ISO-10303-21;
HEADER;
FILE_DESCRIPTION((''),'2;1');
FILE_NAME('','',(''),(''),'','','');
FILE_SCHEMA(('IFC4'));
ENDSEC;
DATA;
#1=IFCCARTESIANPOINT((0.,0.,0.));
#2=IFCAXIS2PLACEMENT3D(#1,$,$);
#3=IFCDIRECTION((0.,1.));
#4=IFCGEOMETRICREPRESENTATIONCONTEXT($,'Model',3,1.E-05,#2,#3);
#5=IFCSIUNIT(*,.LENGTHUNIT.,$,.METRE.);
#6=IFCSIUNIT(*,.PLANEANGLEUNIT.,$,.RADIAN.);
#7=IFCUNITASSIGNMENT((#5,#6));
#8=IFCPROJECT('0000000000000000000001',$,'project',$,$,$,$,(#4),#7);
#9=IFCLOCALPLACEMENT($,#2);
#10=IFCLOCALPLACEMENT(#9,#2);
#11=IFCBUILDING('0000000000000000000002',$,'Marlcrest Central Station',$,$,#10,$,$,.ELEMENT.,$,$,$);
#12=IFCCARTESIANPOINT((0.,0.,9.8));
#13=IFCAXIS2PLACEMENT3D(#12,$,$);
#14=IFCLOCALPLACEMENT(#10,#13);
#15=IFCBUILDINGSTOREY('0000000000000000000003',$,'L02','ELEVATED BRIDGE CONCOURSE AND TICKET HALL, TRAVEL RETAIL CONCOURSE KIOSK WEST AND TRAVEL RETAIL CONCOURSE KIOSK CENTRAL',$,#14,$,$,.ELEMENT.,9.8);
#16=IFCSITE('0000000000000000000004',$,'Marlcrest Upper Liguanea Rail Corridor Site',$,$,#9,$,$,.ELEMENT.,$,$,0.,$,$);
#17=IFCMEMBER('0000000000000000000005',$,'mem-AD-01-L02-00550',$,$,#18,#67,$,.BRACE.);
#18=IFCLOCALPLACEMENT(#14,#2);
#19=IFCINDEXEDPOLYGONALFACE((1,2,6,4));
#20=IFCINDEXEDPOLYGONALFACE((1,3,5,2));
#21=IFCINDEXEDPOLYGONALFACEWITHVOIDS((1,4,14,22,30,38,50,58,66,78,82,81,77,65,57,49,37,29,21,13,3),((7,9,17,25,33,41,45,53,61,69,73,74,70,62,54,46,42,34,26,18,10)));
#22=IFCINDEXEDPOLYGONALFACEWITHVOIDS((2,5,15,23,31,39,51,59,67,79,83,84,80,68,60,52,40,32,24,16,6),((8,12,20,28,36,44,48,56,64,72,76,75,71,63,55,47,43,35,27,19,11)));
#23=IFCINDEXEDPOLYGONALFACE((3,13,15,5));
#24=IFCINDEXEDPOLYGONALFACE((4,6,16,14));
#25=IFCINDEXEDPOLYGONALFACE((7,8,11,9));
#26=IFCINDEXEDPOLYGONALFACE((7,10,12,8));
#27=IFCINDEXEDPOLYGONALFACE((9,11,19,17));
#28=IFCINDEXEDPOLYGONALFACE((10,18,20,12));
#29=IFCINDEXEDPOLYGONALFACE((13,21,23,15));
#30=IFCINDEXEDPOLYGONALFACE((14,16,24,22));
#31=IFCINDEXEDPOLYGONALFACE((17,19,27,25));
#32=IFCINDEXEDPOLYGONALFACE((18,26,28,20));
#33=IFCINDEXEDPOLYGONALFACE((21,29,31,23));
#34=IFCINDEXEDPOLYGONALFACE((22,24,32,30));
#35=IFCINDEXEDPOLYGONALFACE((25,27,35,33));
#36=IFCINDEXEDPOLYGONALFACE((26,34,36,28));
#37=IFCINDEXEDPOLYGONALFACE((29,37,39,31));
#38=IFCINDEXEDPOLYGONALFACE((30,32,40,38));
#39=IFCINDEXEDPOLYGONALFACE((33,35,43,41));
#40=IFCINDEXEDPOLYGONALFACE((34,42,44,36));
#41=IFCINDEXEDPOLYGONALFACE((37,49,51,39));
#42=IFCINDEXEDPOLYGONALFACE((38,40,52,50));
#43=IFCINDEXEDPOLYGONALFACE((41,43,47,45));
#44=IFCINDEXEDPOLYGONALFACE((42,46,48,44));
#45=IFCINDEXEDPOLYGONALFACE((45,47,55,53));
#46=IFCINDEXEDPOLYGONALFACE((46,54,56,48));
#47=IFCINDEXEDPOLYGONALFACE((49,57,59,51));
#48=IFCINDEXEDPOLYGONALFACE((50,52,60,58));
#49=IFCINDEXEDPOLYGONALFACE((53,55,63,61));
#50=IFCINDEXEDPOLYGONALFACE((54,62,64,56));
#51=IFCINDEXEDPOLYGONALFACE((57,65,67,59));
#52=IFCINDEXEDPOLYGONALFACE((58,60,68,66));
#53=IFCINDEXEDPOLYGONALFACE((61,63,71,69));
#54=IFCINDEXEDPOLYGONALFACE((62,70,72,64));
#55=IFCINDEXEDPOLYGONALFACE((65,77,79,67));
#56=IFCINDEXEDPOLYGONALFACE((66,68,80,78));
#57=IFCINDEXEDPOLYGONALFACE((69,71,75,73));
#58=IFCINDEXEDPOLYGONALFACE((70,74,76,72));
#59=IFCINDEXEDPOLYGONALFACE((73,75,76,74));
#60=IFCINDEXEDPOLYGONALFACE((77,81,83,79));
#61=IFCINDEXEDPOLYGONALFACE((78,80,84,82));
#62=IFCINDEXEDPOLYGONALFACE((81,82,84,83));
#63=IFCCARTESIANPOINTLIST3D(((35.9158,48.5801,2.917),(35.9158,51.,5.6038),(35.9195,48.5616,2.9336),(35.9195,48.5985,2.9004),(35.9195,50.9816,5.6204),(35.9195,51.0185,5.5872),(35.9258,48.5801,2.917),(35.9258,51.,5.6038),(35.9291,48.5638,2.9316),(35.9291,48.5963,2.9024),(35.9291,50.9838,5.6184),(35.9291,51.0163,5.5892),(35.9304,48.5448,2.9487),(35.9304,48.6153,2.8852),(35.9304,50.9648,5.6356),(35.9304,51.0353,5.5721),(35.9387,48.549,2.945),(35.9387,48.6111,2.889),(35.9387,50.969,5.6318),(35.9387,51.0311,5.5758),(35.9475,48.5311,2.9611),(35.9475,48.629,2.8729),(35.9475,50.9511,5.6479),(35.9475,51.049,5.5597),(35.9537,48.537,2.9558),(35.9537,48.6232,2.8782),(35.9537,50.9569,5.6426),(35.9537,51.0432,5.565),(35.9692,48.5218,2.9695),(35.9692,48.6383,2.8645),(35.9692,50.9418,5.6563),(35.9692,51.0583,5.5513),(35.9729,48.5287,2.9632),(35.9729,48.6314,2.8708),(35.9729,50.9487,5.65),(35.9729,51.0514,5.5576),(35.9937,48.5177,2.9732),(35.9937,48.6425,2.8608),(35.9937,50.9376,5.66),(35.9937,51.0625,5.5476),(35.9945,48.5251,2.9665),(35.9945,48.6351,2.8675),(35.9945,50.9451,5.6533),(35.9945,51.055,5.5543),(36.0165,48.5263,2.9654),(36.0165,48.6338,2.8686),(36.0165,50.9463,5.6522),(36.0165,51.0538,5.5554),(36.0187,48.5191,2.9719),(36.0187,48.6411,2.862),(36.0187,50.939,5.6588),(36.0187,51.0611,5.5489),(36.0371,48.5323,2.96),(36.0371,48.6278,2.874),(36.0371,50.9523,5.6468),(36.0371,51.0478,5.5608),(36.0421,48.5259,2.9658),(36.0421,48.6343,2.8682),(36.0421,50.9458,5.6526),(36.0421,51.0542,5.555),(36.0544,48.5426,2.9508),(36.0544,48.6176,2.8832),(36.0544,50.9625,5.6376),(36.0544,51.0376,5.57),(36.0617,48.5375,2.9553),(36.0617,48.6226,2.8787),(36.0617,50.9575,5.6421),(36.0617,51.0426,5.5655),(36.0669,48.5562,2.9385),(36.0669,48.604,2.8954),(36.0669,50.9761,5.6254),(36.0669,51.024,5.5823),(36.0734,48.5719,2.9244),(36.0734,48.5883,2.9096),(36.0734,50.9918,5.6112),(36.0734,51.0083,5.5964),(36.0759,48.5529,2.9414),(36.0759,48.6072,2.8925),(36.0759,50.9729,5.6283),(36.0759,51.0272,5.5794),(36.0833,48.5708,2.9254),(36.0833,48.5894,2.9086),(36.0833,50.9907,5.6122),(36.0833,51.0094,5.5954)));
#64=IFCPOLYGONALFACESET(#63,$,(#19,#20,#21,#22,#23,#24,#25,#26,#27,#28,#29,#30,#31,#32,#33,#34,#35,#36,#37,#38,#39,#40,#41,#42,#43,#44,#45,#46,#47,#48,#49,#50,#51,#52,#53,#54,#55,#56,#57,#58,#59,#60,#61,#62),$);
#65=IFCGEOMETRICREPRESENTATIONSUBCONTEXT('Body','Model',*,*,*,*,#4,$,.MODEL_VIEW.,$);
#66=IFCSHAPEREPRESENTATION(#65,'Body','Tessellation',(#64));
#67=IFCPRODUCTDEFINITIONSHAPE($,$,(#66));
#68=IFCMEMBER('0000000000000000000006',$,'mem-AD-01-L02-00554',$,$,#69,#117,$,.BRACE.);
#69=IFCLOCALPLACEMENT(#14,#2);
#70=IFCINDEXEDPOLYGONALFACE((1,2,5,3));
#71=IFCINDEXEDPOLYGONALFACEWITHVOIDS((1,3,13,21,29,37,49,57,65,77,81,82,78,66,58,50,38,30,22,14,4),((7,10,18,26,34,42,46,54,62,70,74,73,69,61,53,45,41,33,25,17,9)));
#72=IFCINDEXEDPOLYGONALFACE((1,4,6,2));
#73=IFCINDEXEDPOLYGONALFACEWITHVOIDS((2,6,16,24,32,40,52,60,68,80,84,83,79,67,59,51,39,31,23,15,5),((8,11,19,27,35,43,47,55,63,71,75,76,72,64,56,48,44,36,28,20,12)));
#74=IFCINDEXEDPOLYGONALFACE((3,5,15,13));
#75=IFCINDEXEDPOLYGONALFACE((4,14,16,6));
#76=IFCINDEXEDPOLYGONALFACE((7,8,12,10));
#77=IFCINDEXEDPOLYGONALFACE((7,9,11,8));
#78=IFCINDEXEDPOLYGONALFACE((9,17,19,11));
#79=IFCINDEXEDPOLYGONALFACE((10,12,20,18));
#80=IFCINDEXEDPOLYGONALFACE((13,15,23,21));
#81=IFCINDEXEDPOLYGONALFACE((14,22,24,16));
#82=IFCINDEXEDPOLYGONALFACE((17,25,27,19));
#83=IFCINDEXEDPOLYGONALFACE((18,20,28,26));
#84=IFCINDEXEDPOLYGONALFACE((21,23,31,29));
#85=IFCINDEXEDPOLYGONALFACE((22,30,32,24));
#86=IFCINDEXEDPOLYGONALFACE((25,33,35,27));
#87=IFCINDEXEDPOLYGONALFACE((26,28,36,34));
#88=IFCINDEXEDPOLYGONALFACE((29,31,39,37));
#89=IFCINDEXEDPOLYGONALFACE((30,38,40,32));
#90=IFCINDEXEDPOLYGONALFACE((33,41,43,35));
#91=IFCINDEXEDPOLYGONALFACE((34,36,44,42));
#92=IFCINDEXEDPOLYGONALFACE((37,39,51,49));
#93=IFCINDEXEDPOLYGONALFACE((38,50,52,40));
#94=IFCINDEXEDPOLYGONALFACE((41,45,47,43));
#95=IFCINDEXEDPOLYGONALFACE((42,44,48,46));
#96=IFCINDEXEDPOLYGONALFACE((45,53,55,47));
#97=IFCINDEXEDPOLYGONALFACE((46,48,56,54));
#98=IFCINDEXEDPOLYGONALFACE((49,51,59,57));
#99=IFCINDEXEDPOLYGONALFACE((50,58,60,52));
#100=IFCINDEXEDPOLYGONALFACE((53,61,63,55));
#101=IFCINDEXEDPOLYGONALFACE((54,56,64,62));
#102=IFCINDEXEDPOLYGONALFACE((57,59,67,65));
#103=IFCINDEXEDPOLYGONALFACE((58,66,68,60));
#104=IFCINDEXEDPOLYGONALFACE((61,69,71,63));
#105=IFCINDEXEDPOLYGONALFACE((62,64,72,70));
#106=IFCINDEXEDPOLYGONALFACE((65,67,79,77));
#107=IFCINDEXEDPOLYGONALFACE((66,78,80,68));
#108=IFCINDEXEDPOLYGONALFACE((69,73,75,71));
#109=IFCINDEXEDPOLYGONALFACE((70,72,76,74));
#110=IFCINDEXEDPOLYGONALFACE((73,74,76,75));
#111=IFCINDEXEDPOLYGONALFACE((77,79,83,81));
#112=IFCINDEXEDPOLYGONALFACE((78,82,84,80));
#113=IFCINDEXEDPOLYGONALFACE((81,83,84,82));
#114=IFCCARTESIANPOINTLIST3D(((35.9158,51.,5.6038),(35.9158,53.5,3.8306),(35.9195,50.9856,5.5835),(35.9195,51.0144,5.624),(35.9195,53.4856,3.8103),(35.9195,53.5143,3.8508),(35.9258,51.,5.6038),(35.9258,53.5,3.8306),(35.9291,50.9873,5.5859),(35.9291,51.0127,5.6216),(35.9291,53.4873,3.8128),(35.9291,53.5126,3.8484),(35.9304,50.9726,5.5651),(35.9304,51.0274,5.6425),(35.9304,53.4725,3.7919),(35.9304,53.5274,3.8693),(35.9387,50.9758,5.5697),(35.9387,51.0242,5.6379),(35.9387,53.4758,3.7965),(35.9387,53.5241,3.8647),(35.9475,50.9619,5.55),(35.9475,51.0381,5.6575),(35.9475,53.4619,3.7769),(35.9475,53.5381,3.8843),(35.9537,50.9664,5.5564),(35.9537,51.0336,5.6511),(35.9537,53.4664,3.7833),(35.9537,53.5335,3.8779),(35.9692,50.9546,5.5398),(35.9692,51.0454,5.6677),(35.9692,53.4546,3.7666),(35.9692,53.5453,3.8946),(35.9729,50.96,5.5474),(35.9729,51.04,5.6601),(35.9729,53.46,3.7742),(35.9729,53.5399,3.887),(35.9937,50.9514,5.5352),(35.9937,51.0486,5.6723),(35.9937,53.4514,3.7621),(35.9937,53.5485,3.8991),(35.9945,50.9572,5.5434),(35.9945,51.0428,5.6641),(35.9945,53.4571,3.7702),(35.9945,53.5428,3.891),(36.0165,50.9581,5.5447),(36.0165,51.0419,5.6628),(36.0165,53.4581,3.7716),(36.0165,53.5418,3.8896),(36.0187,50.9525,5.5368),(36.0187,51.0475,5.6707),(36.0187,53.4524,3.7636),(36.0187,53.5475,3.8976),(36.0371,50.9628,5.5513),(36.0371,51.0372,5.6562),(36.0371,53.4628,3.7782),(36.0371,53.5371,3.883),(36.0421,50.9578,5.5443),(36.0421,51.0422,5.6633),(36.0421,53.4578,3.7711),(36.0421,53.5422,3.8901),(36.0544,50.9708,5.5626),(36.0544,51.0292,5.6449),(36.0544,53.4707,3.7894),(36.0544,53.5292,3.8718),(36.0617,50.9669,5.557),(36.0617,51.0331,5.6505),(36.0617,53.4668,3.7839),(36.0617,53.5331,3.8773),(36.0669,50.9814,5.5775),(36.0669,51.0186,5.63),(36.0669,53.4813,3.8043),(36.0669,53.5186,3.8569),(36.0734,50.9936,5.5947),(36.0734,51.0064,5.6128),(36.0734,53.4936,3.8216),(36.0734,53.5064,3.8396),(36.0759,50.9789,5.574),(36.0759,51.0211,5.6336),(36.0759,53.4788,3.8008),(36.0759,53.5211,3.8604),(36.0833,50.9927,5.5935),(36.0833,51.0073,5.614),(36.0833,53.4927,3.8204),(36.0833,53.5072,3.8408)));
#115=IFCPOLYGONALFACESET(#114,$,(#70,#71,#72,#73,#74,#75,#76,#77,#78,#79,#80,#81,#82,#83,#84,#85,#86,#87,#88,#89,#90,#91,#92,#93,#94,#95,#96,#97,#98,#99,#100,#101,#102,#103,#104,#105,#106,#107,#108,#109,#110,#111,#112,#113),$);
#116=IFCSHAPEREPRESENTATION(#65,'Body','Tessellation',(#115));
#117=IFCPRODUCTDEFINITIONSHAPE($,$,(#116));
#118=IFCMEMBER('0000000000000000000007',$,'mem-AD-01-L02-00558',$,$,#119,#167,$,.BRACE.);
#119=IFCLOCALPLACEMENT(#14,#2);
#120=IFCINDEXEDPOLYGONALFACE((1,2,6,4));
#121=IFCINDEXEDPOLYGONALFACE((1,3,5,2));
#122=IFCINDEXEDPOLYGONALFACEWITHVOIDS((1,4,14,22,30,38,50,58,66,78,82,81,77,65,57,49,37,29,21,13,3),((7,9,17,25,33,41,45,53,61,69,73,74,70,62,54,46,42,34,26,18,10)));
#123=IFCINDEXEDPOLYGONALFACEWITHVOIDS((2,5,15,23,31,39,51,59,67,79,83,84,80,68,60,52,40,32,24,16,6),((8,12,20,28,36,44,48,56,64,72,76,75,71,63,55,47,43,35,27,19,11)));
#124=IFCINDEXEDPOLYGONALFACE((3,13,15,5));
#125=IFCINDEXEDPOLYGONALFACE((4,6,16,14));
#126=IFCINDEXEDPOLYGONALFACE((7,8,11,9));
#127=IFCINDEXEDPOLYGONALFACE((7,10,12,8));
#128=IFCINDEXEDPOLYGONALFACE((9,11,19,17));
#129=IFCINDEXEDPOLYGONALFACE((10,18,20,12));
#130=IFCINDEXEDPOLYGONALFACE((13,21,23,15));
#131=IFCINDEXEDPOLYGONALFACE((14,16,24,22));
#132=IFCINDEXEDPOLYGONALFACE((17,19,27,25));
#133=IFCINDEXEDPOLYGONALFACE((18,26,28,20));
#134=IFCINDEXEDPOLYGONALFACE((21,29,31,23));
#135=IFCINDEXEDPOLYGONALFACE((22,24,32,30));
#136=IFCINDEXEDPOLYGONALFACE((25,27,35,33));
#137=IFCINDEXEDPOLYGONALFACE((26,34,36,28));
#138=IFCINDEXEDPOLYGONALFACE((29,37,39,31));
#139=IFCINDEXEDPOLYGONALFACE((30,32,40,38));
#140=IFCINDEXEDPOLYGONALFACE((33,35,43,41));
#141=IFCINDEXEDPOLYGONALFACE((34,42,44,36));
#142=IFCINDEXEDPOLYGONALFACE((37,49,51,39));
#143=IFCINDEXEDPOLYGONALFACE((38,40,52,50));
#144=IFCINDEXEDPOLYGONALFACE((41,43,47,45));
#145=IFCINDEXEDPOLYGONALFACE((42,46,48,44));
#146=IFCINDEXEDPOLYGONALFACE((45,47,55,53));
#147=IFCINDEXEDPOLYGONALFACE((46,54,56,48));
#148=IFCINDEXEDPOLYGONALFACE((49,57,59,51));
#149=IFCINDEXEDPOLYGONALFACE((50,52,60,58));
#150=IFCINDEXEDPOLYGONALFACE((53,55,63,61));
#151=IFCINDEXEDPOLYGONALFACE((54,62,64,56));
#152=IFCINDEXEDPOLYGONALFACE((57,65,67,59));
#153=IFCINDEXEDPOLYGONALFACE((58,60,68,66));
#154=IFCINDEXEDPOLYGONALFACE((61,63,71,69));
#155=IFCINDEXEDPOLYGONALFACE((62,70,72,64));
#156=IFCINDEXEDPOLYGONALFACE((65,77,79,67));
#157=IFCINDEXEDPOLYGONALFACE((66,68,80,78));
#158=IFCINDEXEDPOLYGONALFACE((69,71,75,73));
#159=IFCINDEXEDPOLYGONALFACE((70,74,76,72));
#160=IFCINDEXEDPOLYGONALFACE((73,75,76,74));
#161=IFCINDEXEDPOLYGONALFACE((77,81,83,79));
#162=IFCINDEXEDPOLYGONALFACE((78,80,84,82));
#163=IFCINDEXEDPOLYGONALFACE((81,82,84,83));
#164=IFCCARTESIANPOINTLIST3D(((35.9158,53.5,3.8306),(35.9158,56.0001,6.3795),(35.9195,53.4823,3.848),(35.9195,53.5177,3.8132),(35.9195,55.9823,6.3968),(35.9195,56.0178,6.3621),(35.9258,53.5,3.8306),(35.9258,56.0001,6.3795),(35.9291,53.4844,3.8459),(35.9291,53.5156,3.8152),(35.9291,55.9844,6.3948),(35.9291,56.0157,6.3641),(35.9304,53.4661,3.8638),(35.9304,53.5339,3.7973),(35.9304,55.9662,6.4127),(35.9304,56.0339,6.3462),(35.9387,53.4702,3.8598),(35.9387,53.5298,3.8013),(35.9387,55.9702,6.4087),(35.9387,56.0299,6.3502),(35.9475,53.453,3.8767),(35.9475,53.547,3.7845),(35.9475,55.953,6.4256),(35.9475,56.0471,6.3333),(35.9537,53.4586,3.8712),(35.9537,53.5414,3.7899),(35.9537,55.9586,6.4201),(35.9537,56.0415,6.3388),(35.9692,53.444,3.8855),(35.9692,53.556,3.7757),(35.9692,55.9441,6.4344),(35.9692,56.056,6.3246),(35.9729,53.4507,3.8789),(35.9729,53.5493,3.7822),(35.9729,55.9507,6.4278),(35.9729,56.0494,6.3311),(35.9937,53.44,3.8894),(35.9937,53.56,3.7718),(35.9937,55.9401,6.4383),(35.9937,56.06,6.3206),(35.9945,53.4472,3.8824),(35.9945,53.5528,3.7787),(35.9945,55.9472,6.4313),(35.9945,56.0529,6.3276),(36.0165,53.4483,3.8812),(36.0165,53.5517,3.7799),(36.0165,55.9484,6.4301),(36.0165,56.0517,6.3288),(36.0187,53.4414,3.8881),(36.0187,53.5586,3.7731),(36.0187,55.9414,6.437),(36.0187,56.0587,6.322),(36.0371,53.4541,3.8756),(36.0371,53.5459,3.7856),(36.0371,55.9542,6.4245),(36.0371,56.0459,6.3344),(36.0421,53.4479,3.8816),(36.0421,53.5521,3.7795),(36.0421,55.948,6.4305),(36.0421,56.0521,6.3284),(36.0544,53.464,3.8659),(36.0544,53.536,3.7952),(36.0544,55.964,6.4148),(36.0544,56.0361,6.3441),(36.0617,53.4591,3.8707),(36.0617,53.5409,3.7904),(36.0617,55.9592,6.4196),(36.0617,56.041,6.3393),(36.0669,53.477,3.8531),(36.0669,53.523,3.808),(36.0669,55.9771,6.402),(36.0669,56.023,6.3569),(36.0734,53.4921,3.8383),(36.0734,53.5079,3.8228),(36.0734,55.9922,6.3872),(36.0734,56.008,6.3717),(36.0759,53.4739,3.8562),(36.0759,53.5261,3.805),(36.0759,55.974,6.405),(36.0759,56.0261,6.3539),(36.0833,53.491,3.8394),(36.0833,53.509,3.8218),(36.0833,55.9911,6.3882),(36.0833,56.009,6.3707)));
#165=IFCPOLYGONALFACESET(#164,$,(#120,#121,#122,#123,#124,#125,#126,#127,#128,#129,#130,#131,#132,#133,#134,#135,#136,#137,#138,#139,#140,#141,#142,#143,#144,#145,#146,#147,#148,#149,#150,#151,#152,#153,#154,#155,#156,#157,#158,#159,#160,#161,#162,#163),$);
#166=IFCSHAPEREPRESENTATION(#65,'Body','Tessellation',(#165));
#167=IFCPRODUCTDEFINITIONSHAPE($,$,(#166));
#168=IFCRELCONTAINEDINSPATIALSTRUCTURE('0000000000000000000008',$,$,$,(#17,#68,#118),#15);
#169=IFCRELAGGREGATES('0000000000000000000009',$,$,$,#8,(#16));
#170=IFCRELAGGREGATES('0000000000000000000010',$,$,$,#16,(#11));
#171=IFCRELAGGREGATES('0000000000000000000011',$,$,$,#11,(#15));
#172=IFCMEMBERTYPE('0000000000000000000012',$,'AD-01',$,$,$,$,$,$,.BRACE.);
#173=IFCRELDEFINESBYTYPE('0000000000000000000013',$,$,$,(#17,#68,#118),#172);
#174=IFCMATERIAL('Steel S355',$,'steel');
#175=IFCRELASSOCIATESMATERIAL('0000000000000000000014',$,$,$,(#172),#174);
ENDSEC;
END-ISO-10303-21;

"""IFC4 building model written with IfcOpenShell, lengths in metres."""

from ifc_helpers import new_model, si_unit, direction, frame, origin, origin_2d, place, context, subcontext, project, spatial, hollow_circle, extrude, material, material_profile, profile_set, type_object, element, save


model = new_model("IFC4")

# Units and contexts
model_context = context("Model", 3, precision=1e-05, world=origin(), true_north=direction((0.0, 1.0)))
body_context = subcontext(model_context, "Body", "Model", "MODEL_VIEW")
ifc_project = project(units=[si_unit("LENGTHUNIT", "METRE"), si_unit("PLANEANGLEUNIT", "RADIAN")], contexts=[model_context])

# Site, building, storey
site_placement = place(None, origin())
site = spatial("IfcSite", under=ifc_project, at=site_placement, Name="Marlcrest Upper Liguanea Rail Corridor Site", CompositionType="ELEMENT", RefElevation=0.0)
building_placement = place(site_placement, origin())
building = spatial("IfcBuilding", under=site, at=building_placement, Name="Marlcrest Central Station", CompositionType="ELEMENT")
storey_placement = place(building_placement, frame((0.0, 0.0, 9.8)))
storey = spatial("IfcBuildingStorey", under=building, at=storey_placement, Name="L02", Description="ELEVATED BRIDGE CONCOURSE AND TICKET HALL, TRAVEL RETAIL CONCOURSE KIOSK WEST AND TRAVEL RETAIL CONCOURSE KIOSK CENTRAL", CompositionType="ELEMENT", Elevation=9.8)

# Members
ifc_material = material(Name="Steel S355", Category="steel")
ifc_material_profile_1 = material_profile(ifc_material, hollow_circle(Radius=0.0842, WallThickness=0.01, at=origin_2d()), Name="CHS 168.3x10")
ifc_profile_set_1 = profile_set([ifc_material_profile_1], Name="Steel S355")
member_type_1 = type_object("IfcMemberType", Name="AD-01", PredefinedType="BRACE", material=ifc_profile_set_1)
member_1_placement = place(storey_placement, frame((36.0, 48.5801, 2.917), z_axis=(0.0, 0.669244, 0.743042), x_axis=(-1.0, 0.0, 0.0)))
element("IfcMember", 1, at=member_1_placement, inside=storey, type_object=member_type_1, Name="mem-AD-01-L02-00550", PredefinedType="BRACE", context=body_context, shape_type="SweptSolid", body=[
    extrude(hollow_circle(Radius=0.0842, WallThickness=0.01, at=origin_2d()), origin(), (0.0, 0.0, 1.0), 3.616),
])
member_2_placement = place(storey_placement, frame((36.0, 51.0, 5.6038), z_axis=(0.0, 0.815661, -0.57853), x_axis=(-1.0, 0.0, 0.0)))
element("IfcMember", 2, at=member_2_placement, inside=storey, type_object=member_type_1, Name="mem-AD-01-L02-00554", PredefinedType="BRACE", context=body_context, shape_type="SweptSolid", body=[
    extrude(hollow_circle(Radius=0.0842, WallThickness=0.01, at=origin_2d()), origin(), (0.0, 0.0, 1.0), 3.0649),
])
member_3_placement = place(storey_placement, frame((36.0, 53.5, 3.8306), z_axis=(0.0, 0.700235, 0.713912), x_axis=(-1.0, 0.0, 0.0)))
element("IfcMember", 3, at=member_3_placement, inside=storey, type_object=member_type_1, Name="mem-AD-01-L02-00558", PredefinedType="BRACE", context=body_context, shape_type="SweptSolid", body=[
    extrude(hollow_circle(Radius=0.0842, WallThickness=0.01, at=origin_2d()), origin(), (0.0, 0.0, 1.0), 3.5703),
])

save(model, "model.ifc")
